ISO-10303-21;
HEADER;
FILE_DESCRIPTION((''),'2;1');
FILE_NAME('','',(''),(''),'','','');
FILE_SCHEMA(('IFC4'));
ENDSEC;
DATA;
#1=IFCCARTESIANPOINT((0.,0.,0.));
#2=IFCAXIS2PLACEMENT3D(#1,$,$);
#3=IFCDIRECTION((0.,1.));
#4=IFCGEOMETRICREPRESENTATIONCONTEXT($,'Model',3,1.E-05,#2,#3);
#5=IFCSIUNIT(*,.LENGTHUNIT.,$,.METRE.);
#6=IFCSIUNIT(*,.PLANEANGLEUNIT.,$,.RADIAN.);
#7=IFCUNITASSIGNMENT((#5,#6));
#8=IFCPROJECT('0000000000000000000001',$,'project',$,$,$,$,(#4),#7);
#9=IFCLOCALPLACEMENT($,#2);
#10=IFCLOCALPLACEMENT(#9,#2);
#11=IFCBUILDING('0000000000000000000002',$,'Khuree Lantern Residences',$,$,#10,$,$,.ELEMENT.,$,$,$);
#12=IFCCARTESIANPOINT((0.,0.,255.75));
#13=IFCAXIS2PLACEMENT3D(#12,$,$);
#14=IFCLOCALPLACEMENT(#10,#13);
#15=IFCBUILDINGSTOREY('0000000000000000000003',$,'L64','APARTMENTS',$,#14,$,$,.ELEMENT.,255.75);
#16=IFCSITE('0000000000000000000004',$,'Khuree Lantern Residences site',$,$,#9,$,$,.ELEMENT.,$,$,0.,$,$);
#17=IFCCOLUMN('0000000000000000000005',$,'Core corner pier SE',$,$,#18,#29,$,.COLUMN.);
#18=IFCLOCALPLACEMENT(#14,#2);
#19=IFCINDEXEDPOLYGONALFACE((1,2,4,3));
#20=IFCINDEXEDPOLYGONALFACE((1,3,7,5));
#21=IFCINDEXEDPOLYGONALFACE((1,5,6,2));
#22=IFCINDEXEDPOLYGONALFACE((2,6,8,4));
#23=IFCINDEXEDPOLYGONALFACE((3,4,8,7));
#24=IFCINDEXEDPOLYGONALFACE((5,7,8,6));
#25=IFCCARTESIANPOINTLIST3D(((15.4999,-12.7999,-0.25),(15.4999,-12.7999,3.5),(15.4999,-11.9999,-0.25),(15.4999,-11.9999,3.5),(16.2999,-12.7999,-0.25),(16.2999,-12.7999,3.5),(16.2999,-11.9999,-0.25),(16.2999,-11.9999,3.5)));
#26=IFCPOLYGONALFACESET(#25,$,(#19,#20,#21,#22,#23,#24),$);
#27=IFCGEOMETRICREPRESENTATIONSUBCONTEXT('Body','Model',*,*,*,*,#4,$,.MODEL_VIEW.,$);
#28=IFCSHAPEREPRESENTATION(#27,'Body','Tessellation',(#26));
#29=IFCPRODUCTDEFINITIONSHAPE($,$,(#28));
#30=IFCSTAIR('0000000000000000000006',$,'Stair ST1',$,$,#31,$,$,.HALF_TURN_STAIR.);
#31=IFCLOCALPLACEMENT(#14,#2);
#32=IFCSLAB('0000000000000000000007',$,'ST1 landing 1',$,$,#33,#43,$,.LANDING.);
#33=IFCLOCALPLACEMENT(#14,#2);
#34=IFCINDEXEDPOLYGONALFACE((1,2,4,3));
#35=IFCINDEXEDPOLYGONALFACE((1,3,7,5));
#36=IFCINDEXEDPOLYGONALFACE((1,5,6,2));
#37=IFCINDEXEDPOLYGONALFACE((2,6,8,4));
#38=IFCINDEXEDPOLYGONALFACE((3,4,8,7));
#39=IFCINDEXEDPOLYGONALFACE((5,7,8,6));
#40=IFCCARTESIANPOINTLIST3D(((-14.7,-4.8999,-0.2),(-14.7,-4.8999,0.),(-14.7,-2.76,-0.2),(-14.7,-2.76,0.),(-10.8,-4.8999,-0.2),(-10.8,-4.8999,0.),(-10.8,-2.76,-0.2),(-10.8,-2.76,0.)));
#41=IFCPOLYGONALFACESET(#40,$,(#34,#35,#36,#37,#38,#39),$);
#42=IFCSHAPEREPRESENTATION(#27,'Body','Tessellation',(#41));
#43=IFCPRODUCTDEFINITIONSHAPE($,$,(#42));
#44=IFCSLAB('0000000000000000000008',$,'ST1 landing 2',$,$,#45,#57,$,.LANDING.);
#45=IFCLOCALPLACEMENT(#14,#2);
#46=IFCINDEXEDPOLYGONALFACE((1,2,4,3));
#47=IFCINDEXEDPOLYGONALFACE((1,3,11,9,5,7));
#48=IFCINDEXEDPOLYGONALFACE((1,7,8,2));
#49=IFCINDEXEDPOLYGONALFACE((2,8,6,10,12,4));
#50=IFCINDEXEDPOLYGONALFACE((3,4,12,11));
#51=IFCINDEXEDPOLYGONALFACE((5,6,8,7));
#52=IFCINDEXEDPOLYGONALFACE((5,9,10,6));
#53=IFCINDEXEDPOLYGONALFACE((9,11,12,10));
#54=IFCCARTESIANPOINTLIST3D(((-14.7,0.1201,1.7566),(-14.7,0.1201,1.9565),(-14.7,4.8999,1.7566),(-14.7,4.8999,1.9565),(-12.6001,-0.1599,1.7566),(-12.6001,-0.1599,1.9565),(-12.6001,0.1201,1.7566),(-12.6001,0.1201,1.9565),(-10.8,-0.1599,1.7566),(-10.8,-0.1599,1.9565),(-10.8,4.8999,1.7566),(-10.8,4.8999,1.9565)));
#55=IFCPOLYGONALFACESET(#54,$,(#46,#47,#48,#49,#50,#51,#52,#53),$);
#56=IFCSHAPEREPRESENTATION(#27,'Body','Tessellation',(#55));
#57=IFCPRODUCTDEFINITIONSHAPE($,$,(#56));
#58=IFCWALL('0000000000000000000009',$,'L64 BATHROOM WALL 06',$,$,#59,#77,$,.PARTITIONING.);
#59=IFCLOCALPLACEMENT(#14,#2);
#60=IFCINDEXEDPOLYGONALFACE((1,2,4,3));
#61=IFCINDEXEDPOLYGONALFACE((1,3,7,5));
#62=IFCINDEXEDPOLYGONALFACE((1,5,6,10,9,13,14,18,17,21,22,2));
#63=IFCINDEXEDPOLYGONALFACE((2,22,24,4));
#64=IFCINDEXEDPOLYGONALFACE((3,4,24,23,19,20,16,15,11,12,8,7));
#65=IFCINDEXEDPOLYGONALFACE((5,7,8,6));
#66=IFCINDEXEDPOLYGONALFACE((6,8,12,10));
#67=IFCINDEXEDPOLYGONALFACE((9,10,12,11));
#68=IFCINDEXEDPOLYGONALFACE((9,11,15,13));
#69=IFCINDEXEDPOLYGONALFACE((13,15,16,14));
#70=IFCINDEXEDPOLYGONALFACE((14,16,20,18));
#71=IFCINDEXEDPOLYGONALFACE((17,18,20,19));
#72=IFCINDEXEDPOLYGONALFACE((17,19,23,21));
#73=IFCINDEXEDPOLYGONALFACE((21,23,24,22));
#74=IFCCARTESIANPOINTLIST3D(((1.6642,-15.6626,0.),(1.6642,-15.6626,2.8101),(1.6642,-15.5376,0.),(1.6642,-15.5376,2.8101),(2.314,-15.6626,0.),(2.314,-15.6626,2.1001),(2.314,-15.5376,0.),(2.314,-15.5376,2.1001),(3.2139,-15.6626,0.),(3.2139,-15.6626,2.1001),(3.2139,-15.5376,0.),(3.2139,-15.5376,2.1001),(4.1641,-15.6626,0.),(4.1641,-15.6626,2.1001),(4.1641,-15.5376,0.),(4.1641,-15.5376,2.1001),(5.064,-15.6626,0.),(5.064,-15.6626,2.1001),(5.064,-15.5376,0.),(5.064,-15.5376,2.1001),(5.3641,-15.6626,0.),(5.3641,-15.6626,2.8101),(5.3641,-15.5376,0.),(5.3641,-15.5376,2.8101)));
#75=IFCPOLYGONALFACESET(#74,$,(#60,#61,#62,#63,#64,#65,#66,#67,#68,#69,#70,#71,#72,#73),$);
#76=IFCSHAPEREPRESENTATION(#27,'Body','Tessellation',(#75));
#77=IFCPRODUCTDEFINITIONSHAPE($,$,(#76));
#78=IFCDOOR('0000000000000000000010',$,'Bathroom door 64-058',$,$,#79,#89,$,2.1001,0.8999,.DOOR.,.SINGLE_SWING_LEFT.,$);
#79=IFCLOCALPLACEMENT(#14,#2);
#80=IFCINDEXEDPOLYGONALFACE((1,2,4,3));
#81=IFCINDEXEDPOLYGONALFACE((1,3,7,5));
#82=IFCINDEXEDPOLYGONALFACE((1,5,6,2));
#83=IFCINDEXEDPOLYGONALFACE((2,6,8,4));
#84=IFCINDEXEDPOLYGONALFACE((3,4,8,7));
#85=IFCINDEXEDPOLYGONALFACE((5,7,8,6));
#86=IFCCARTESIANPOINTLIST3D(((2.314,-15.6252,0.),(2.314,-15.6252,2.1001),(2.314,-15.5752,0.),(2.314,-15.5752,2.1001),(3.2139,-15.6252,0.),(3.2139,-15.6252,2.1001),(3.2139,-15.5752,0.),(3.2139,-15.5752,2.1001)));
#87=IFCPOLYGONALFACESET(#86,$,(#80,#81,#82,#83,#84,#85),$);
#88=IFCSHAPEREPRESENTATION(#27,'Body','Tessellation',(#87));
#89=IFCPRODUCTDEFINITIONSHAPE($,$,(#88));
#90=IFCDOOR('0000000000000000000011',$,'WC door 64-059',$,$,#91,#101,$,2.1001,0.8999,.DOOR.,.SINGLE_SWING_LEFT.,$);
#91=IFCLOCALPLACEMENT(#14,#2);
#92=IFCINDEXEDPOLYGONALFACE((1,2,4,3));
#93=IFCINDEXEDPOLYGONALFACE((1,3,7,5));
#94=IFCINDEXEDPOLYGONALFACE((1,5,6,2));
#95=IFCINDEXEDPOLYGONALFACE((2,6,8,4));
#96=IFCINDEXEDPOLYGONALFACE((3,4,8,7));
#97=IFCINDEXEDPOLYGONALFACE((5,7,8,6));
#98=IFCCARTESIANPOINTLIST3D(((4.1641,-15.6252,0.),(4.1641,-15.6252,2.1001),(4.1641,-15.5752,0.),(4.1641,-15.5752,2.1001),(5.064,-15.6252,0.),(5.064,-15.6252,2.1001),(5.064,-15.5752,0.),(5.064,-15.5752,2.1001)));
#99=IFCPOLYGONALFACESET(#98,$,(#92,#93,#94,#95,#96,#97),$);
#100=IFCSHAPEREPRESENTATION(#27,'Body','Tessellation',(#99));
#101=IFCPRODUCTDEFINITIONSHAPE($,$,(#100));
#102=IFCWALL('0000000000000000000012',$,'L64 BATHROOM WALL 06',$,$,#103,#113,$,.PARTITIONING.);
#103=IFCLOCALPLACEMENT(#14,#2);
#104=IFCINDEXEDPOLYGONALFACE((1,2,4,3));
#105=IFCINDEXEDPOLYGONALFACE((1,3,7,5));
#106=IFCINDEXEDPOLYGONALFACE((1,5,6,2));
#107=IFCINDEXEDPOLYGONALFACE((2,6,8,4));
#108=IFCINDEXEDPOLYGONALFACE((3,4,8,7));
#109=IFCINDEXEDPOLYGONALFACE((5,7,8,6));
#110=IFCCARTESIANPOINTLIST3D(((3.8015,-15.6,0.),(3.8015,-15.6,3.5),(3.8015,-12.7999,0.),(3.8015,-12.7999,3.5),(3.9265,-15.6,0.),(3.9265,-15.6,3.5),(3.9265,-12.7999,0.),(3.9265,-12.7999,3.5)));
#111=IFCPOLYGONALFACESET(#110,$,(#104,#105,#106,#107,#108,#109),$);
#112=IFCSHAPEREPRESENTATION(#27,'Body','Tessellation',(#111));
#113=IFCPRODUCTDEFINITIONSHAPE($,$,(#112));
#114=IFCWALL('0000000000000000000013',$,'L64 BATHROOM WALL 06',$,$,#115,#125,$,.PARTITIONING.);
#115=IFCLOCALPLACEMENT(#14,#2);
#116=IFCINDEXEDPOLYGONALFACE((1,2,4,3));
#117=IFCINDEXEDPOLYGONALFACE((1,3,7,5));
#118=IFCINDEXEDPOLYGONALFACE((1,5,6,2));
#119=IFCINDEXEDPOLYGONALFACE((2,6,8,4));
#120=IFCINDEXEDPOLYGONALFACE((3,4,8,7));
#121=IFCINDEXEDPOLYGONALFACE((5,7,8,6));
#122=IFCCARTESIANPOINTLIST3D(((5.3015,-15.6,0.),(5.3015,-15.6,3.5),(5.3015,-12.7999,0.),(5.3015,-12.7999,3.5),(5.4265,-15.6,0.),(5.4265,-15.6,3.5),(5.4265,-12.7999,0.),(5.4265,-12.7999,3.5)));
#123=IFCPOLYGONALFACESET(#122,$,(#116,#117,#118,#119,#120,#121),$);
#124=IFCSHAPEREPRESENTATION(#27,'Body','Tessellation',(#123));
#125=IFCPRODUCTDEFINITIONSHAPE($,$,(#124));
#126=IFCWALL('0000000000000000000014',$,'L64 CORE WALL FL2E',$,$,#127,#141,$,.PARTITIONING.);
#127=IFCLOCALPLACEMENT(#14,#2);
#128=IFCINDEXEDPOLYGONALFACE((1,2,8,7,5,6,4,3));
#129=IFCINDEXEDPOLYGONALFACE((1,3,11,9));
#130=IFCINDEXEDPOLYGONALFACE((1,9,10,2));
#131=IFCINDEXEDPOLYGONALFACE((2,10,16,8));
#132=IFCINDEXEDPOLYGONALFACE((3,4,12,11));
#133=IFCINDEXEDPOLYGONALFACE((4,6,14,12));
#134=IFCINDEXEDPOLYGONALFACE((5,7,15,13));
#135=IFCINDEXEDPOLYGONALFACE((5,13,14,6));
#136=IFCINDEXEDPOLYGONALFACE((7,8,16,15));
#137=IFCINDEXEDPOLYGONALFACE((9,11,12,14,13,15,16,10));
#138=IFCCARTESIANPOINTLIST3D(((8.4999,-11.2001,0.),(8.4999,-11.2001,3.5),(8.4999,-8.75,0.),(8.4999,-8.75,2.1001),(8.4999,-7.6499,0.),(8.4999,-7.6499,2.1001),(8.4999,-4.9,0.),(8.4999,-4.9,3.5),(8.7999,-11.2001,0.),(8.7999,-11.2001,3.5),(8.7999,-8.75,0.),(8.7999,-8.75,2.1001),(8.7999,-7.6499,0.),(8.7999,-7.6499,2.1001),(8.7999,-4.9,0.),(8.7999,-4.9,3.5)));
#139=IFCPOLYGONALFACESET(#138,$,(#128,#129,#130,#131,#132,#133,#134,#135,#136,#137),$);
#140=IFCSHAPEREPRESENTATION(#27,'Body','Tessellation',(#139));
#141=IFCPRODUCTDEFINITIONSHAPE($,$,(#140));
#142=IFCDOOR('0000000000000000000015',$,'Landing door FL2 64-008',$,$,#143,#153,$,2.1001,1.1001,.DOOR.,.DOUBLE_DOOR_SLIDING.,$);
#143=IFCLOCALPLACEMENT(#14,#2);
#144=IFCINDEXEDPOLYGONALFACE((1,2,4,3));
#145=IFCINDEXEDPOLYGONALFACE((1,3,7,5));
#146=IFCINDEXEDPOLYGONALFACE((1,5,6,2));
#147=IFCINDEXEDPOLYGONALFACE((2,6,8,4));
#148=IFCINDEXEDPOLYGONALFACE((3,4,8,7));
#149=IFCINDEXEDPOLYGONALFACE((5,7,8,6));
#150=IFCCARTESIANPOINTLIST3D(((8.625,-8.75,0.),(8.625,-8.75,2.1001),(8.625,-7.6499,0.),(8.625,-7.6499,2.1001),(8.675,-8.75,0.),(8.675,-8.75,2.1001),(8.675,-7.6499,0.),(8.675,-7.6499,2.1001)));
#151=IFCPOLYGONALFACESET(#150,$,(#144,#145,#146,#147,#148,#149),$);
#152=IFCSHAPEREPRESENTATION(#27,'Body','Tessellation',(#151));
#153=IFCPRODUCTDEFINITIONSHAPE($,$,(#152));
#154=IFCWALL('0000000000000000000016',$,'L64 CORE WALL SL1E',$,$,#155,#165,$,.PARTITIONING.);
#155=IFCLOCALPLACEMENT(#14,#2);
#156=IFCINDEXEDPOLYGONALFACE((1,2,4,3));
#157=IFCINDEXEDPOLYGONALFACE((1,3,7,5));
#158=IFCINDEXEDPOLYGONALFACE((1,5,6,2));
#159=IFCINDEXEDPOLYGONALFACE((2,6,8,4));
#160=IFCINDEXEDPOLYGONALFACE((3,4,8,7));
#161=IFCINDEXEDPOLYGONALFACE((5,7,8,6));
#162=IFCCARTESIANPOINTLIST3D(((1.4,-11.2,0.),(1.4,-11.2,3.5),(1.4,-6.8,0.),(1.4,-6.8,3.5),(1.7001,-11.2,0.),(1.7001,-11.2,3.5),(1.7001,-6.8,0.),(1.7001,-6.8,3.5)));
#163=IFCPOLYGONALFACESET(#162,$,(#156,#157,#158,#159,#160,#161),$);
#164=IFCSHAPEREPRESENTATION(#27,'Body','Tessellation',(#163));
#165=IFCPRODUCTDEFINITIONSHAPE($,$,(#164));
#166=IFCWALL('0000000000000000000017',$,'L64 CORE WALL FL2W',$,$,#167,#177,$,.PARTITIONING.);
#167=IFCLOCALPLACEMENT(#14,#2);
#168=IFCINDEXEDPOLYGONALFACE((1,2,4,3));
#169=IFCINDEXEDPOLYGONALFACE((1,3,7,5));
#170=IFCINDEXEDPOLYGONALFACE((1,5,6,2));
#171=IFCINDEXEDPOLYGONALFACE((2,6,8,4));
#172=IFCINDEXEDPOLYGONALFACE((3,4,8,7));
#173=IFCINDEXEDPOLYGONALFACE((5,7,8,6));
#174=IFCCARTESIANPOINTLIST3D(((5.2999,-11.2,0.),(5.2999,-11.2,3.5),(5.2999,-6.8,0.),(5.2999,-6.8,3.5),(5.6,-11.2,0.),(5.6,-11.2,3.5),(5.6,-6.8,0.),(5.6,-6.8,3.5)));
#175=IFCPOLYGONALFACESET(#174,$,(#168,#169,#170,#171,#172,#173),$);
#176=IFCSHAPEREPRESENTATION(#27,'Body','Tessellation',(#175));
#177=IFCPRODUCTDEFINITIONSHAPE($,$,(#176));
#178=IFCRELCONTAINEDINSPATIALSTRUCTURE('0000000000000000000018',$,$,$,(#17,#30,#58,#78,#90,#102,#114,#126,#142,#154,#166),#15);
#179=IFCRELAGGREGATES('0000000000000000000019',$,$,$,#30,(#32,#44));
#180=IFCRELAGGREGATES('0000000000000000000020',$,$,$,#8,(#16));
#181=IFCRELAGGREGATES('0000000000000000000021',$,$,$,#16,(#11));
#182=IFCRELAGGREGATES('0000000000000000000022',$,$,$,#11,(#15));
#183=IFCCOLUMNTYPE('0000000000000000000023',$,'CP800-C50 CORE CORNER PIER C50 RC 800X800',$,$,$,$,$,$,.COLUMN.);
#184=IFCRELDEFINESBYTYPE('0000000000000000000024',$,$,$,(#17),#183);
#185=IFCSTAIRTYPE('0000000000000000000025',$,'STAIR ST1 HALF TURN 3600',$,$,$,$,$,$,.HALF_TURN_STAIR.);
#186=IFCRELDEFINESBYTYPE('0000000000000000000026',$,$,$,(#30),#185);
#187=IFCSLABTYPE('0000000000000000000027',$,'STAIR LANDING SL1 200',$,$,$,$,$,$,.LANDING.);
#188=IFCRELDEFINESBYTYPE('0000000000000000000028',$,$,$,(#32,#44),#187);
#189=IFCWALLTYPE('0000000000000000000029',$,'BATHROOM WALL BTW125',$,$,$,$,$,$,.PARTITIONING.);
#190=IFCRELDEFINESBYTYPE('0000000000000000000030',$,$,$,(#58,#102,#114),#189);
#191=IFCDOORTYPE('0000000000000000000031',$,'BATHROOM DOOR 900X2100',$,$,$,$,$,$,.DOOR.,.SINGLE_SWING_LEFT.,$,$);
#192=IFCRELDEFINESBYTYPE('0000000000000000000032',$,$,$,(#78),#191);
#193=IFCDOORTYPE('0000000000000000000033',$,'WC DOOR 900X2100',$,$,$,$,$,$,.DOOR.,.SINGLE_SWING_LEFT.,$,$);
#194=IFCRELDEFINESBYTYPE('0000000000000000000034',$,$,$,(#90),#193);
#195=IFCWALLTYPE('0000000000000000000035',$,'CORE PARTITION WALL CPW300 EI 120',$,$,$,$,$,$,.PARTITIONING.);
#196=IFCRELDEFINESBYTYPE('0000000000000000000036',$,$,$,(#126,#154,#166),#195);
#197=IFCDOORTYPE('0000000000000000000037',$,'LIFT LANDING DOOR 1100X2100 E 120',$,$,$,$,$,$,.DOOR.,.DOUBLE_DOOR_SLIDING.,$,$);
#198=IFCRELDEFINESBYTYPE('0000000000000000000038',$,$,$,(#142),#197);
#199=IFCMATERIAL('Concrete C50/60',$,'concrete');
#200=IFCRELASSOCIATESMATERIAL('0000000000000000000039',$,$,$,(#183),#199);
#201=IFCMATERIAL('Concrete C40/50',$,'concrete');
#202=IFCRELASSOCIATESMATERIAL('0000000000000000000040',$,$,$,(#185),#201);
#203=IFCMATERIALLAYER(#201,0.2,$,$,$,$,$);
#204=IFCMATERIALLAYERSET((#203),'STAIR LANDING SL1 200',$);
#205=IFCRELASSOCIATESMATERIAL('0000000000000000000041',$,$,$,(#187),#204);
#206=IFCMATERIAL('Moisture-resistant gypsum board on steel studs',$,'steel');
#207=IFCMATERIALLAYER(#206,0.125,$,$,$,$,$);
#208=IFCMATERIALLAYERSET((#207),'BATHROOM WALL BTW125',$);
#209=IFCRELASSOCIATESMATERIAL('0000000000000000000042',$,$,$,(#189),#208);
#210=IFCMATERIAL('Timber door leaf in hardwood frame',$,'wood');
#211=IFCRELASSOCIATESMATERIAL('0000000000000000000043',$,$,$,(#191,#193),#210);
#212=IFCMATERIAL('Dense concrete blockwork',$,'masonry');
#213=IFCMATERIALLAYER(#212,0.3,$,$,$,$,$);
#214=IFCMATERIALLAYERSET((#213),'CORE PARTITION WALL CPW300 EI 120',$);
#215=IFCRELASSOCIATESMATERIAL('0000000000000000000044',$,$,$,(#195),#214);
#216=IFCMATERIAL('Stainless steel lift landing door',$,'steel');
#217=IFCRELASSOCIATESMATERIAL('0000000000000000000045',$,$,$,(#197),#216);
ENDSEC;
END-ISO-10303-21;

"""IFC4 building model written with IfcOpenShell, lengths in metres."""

from ifc_helpers import new_model, si_unit, direction, frame, frame_2d, origin, origin_2d, place, context, subcontext, project, spatial, polyline, rectangle, outline, extrude, material, layer, layer_set, material_profile, profile_set, type_object, element, fill, aggregate, save


model = new_model("IFC4")

# Units and contexts
model_context = context("Model", 3, precision=1e-05, world=origin(), true_north=direction((0.0, 1.0)))
body_context = subcontext(model_context, "Body", "Model", "MODEL_VIEW")
ifc_project = project(units=[si_unit("LENGTHUNIT", "METRE"), si_unit("PLANEANGLEUNIT", "RADIAN")], contexts=[model_context])

# Site, building, storey
site_placement = place(None, origin())
site = spatial("IfcSite", under=ifc_project, at=site_placement, Name="Khuree Lantern Residences site", CompositionType="ELEMENT", RefElevation=0.0)
building_placement = place(site_placement, origin())
building = spatial("IfcBuilding", under=site, at=building_placement, Name="Khuree Lantern Residences", CompositionType="ELEMENT")
storey_placement = place(building_placement, frame((0.0, 0.0, 255.75)))
storey = spatial("IfcBuildingStorey", under=building, at=storey_placement, Name="L64", Description="APARTMENTS", CompositionType="ELEMENT", Elevation=255.75)

# Column
ifc_material_1 = material(Name="Concrete C50/60", Category="concrete")
ifc_material_profile = material_profile(ifc_material_1, rectangle(XDim=0.8, YDim=0.8, at=origin_2d()), Name="RC 800X800")
ifc_profile_set = profile_set([ifc_material_profile], Name="Concrete C50/60")
column_type = type_object("IfcColumnType", Name="CP800-C50 CORE CORNER PIER C50 RC 800X800", PredefinedType="COLUMN", material=ifc_profile_set)
column_placement = place(storey_placement, frame((15.8999, -12.3999, -0.25), z_axis=(0.0, 0.0, 1.0), x_axis=(1.0, 0.0, 0.0)))
element("IfcColumn", 1, at=column_placement, inside=storey, type_object=column_type, Name="Core corner pier SE", PredefinedType="COLUMN", context=body_context, shape_type="SweptSolid", body=[
    extrude(rectangle(XDim=0.8, YDim=0.8, at=origin_2d()), origin(), (0.0, 0.0, 1.0), 3.75),
])

# Stair, slabs
ifc_material_2 = material(Name="Concrete C40/50", Category="concrete")
stair_type = type_object("IfcStairType", Name="STAIR ST1 HALF TURN 3600", PredefinedType="HALF_TURN_STAIR", material=ifc_material_2)
stair_1_placement = place(storey_placement, origin())
stair_1 = element("IfcStair", 2, at=stair_1_placement, inside=storey, type_object=stair_type, Name="Stair ST1", PredefinedType="HALF_TURN_STAIR")
ifc_layer_1 = layer(ifc_material_2, 0.2)
ifc_layer_set_1 = layer_set([ifc_layer_1], Name="STAIR LANDING SL1 200")
slab_type = type_object("IfcSlabType", Name="STAIR LANDING SL1 200", PredefinedType="LANDING", material=ifc_layer_set_1)
slab_1_placement = place(storey_placement, frame((0.0, 0.0, -0.2)))
slab_1 = element("IfcSlab", 3, at=slab_1_placement, type_object=slab_type, Name="ST1 landing 1", PredefinedType="LANDING", context=body_context, shape_type="SweptSolid", body=[
    extrude(outline(polyline([(-14.7, -4.8999), (-10.8, -4.8999), (-10.8, -2.76), (-14.7, -2.76), (-14.7, -4.8999)])), origin(), (0.0, 0.0, 1.0), 0.2),
])
slab_2_placement = place(storey_placement, frame((0.0, 0.0, 1.7566)))
slab_2 = element("IfcSlab", 4, at=slab_2_placement, type_object=slab_type, Name="ST1 landing 2", PredefinedType="LANDING", context=body_context, shape_type="SweptSolid", body=[
    extrude(outline(polyline([(-14.7, 0.1201), (-14.7, 4.8999), (-10.8, 4.8999), (-10.8, -0.1599), (-12.6001, -0.1599), (-12.6001, 0.1201), (-14.7, 0.1201)])), origin(), (0.0, 0.0, 1.0), 0.2),
])
aggregate(stair_1, [slab_1, slab_2])

# Wall, openings, doors
ifc_material_3 = material(Name="Moisture-resistant gypsum board on steel studs", Category="steel")
ifc_layer_2 = layer(ifc_material_3, 0.125)
ifc_layer_set_2 = layer_set([ifc_layer_2], Name="BATHROOM WALL BTW125")
wall_type_1 = type_object("IfcWallType", Name="BATHROOM WALL BTW125", PredefinedType="PARTITIONING", material=ifc_layer_set_2)
wall_1_placement = place(storey_placement, frame((1.6641, -15.6001, 0.0), z_axis=(0.0, 0.0, 1.0), x_axis=(1.0, 0.0, 0.0)))
wall_1 = element("IfcWall", 5, at=wall_1_placement, inside=storey, type_object=wall_type_1, Name="L64 BATHROOM WALL 06", PredefinedType="PARTITIONING", context=body_context, shape_type="SweptSolid", body=[
    extrude(rectangle(XDim=3.7, YDim=0.125, at=frame_2d((1.8501, 0.0))), origin(), (0.0, 0.0, 1.0), 2.8101),
])
opening_1_placement = place(wall_1_placement, frame((0.6499, 0.0, 0.0)))
opening_1 = element("IfcOpeningElement", 6, at=opening_1_placement, cuts=wall_1, PredefinedType="OPENING", context=body_context, shape_type="SweptSolid", body=[
    extrude(rectangle(XDim=0.8999, YDim=2.1001, at=frame_2d((0.45, 1.05))), frame((0.0, 0.0725, 0.0), z_axis=(0.0, -1.0, 0.0), x_axis=(1.0, 0.0, 0.0)), (0.0, 0.0, 1.0), 0.145),
])
opening_2_placement = place(wall_1_placement, frame((2.5, 0.0, 0.0)))
opening_2 = element("IfcOpeningElement", 7, at=opening_2_placement, cuts=wall_1, PredefinedType="OPENING", context=body_context, shape_type="SweptSolid", body=[
    extrude(rectangle(XDim=0.8999, YDim=2.1001, at=frame_2d((0.45, 1.05))), frame((0.0, 0.0725, 0.0), z_axis=(0.0, -1.0, 0.0), x_axis=(1.0, 0.0, 0.0)), (0.0, 0.0, 1.0), 0.145),
])
ifc_material_4 = material(Name="Timber door leaf in hardwood frame", Category="wood")
door_type_1 = type_object("IfcDoorType", Name="BATHROOM DOOR 900X2100", OperationType="SINGLE_SWING_LEFT", PredefinedType="DOOR", material=ifc_material_4)
door_1_placement = place(opening_1_placement, origin())
door_1 = element("IfcDoor", 8, at=door_1_placement, inside=storey, type_object=door_type_1, Name="Bathroom door 64-058", OperationType="SINGLE_SWING_LEFT", OverallHeight=2.1001, OverallWidth=0.8999, PredefinedType="DOOR", context=body_context, shape_type="SweptSolid", body=[
    extrude(rectangle(XDim=0.8999, YDim=2.1001, at=frame_2d((0.45, 1.05))), frame((0.0, 0.0249, 0.0), z_axis=(0.0, -1.0, 0.0), x_axis=(1.0, 0.0, 0.0)), (0.0, 0.0, 1.0), 0.05),
])
fill(opening_1, door_1)
door_type_2 = type_object("IfcDoorType", Name="WC DOOR 900X2100", OperationType="SINGLE_SWING_LEFT", PredefinedType="DOOR", material=ifc_material_4)
door_2_placement = place(opening_2_placement, origin())
door_2 = element("IfcDoor", 9, at=door_2_placement, inside=storey, type_object=door_type_2, Name="WC door 64-059", OperationType="SINGLE_SWING_LEFT", OverallHeight=2.1001, OverallWidth=0.8999, PredefinedType="DOOR", context=body_context, shape_type="SweptSolid", body=[
    extrude(rectangle(XDim=0.8999, YDim=2.1001, at=frame_2d((0.45, 1.05))), frame((0.0, 0.0249, 0.0), z_axis=(0.0, -1.0, 0.0), x_axis=(1.0, 0.0, 0.0)), (0.0, 0.0, 1.0), 0.05),
])
fill(opening_2, door_2)

# Walls
for number, where, z_axis, x_axis, name in (
    (10, (3.864, -12.8, 0.0), (0.0, 0.0, 1.0), (0.0, -1.0, 0.0), "L64 BATHROOM WALL 06"),
    (11, (5.364, -12.8, 0.0), (0.0, 0.0, 1.0), (0.0, -1.0, 0.0), "L64 BATHROOM WALL 06"),
):
    element("IfcWall", number, at=place(storey_placement, frame(where, z_axis=z_axis, x_axis=x_axis)), inside=storey, type_object=wall_type_1, Name=name, PredefinedType="PARTITIONING", context=body_context, shape_type="SweptSolid", body=[
        extrude(rectangle(XDim=2.8, YDim=0.125, at=frame_2d((1.3999, 0.0))), origin(), (0.0, 0.0, 1.0), 3.5),
    ])

# Wall, opening, door
ifc_material_5 = material(Name="Dense concrete blockwork", Category="masonry")
ifc_layer_3 = layer(ifc_material_5, 0.3)
ifc_layer_set_3 = layer_set([ifc_layer_3], Name="CORE PARTITION WALL CPW300 EI 120")
wall_type_2 = type_object("IfcWallType", Name="CORE PARTITION WALL CPW300 EI 120", PredefinedType="PARTITIONING", material=ifc_layer_set_3)
wall_2_placement = place(storey_placement, frame((8.6499, -11.2, 0.0), z_axis=(0.0, 0.0, 1.0), x_axis=(0.0, 1.0, 0.0)))
wall_2 = element("IfcWall", 12, at=wall_2_placement, inside=storey, type_object=wall_type_2, Name="L64 CORE WALL FL2E", PredefinedType="PARTITIONING", context=body_context, shape_type="SweptSolid", body=[
    extrude(rectangle(XDim=6.3, YDim=0.3, at=frame_2d((3.1499, 0.0))), origin(), (0.0, 0.0, 1.0), 3.5),
])
opening_3_placement = place(wall_2_placement, frame((2.45, 0.0, 0.0)))
opening_3 = element("IfcOpeningElement", 13, at=opening_3_placement, cuts=wall_2, PredefinedType="OPENING", context=body_context, shape_type="SweptSolid", body=[
    extrude(rectangle(XDim=1.1001, YDim=2.1001, at=frame_2d((0.55, 1.05))), frame((0.0, 0.1602, 0.0), z_axis=(0.0, -1.0, 0.0), x_axis=(1.0, 0.0, 0.0)), (0.0, 0.0, 1.0), 0.3201),
])
ifc_material_6 = material(Name="Stainless steel lift landing door", Category="steel")
door_type_3 = type_object("IfcDoorType", Name="LIFT LANDING DOOR 1100X2100 E 120", OperationType="DOUBLE_DOOR_SLIDING", PredefinedType="DOOR", material=ifc_material_6)
door_3_placement = place(opening_3_placement, origin())
door_3 = element("IfcDoor", 14, at=door_3_placement, inside=storey, type_object=door_type_3, Name="Landing door FL2 64-008", OperationType="DOUBLE_DOOR_SLIDING", OverallHeight=2.1001, OverallWidth=1.1001, PredefinedType="DOOR", context=body_context, shape_type="SweptSolid", body=[
    extrude(rectangle(XDim=1.1001, YDim=2.1001, at=frame_2d((0.55, 1.05))), frame((0.0, 0.0249, 0.0), z_axis=(0.0, -1.0, 0.0), x_axis=(1.0, 0.0, 0.0)), (0.0, 0.0, 1.0), 0.05),
])
fill(opening_3, door_3)

# Walls
for number, where, z_axis, x_axis, name in (
    (15, (1.55, -11.2, 0.0), (0.0, 0.0, 1.0), (0.0, 1.0, 0.0), "L64 CORE WALL SL1E"),
    (16, (5.45, -11.2, 0.0), (0.0, 0.0, 1.0), (0.0, 1.0, 0.0), "L64 CORE WALL FL2W"),
):
    element("IfcWall", number, at=place(storey_placement, frame(where, z_axis=z_axis, x_axis=x_axis)), inside=storey, type_object=wall_type_2, Name=name, PredefinedType="PARTITIONING", context=body_context, shape_type="SweptSolid", body=[
        extrude(rectangle(XDim=4.3999, YDim=0.3, at=frame_2d((2.2, 0.0))), origin(), (0.0, 0.0, 1.0), 3.5),
    ])

save(model, "model.ifc")
